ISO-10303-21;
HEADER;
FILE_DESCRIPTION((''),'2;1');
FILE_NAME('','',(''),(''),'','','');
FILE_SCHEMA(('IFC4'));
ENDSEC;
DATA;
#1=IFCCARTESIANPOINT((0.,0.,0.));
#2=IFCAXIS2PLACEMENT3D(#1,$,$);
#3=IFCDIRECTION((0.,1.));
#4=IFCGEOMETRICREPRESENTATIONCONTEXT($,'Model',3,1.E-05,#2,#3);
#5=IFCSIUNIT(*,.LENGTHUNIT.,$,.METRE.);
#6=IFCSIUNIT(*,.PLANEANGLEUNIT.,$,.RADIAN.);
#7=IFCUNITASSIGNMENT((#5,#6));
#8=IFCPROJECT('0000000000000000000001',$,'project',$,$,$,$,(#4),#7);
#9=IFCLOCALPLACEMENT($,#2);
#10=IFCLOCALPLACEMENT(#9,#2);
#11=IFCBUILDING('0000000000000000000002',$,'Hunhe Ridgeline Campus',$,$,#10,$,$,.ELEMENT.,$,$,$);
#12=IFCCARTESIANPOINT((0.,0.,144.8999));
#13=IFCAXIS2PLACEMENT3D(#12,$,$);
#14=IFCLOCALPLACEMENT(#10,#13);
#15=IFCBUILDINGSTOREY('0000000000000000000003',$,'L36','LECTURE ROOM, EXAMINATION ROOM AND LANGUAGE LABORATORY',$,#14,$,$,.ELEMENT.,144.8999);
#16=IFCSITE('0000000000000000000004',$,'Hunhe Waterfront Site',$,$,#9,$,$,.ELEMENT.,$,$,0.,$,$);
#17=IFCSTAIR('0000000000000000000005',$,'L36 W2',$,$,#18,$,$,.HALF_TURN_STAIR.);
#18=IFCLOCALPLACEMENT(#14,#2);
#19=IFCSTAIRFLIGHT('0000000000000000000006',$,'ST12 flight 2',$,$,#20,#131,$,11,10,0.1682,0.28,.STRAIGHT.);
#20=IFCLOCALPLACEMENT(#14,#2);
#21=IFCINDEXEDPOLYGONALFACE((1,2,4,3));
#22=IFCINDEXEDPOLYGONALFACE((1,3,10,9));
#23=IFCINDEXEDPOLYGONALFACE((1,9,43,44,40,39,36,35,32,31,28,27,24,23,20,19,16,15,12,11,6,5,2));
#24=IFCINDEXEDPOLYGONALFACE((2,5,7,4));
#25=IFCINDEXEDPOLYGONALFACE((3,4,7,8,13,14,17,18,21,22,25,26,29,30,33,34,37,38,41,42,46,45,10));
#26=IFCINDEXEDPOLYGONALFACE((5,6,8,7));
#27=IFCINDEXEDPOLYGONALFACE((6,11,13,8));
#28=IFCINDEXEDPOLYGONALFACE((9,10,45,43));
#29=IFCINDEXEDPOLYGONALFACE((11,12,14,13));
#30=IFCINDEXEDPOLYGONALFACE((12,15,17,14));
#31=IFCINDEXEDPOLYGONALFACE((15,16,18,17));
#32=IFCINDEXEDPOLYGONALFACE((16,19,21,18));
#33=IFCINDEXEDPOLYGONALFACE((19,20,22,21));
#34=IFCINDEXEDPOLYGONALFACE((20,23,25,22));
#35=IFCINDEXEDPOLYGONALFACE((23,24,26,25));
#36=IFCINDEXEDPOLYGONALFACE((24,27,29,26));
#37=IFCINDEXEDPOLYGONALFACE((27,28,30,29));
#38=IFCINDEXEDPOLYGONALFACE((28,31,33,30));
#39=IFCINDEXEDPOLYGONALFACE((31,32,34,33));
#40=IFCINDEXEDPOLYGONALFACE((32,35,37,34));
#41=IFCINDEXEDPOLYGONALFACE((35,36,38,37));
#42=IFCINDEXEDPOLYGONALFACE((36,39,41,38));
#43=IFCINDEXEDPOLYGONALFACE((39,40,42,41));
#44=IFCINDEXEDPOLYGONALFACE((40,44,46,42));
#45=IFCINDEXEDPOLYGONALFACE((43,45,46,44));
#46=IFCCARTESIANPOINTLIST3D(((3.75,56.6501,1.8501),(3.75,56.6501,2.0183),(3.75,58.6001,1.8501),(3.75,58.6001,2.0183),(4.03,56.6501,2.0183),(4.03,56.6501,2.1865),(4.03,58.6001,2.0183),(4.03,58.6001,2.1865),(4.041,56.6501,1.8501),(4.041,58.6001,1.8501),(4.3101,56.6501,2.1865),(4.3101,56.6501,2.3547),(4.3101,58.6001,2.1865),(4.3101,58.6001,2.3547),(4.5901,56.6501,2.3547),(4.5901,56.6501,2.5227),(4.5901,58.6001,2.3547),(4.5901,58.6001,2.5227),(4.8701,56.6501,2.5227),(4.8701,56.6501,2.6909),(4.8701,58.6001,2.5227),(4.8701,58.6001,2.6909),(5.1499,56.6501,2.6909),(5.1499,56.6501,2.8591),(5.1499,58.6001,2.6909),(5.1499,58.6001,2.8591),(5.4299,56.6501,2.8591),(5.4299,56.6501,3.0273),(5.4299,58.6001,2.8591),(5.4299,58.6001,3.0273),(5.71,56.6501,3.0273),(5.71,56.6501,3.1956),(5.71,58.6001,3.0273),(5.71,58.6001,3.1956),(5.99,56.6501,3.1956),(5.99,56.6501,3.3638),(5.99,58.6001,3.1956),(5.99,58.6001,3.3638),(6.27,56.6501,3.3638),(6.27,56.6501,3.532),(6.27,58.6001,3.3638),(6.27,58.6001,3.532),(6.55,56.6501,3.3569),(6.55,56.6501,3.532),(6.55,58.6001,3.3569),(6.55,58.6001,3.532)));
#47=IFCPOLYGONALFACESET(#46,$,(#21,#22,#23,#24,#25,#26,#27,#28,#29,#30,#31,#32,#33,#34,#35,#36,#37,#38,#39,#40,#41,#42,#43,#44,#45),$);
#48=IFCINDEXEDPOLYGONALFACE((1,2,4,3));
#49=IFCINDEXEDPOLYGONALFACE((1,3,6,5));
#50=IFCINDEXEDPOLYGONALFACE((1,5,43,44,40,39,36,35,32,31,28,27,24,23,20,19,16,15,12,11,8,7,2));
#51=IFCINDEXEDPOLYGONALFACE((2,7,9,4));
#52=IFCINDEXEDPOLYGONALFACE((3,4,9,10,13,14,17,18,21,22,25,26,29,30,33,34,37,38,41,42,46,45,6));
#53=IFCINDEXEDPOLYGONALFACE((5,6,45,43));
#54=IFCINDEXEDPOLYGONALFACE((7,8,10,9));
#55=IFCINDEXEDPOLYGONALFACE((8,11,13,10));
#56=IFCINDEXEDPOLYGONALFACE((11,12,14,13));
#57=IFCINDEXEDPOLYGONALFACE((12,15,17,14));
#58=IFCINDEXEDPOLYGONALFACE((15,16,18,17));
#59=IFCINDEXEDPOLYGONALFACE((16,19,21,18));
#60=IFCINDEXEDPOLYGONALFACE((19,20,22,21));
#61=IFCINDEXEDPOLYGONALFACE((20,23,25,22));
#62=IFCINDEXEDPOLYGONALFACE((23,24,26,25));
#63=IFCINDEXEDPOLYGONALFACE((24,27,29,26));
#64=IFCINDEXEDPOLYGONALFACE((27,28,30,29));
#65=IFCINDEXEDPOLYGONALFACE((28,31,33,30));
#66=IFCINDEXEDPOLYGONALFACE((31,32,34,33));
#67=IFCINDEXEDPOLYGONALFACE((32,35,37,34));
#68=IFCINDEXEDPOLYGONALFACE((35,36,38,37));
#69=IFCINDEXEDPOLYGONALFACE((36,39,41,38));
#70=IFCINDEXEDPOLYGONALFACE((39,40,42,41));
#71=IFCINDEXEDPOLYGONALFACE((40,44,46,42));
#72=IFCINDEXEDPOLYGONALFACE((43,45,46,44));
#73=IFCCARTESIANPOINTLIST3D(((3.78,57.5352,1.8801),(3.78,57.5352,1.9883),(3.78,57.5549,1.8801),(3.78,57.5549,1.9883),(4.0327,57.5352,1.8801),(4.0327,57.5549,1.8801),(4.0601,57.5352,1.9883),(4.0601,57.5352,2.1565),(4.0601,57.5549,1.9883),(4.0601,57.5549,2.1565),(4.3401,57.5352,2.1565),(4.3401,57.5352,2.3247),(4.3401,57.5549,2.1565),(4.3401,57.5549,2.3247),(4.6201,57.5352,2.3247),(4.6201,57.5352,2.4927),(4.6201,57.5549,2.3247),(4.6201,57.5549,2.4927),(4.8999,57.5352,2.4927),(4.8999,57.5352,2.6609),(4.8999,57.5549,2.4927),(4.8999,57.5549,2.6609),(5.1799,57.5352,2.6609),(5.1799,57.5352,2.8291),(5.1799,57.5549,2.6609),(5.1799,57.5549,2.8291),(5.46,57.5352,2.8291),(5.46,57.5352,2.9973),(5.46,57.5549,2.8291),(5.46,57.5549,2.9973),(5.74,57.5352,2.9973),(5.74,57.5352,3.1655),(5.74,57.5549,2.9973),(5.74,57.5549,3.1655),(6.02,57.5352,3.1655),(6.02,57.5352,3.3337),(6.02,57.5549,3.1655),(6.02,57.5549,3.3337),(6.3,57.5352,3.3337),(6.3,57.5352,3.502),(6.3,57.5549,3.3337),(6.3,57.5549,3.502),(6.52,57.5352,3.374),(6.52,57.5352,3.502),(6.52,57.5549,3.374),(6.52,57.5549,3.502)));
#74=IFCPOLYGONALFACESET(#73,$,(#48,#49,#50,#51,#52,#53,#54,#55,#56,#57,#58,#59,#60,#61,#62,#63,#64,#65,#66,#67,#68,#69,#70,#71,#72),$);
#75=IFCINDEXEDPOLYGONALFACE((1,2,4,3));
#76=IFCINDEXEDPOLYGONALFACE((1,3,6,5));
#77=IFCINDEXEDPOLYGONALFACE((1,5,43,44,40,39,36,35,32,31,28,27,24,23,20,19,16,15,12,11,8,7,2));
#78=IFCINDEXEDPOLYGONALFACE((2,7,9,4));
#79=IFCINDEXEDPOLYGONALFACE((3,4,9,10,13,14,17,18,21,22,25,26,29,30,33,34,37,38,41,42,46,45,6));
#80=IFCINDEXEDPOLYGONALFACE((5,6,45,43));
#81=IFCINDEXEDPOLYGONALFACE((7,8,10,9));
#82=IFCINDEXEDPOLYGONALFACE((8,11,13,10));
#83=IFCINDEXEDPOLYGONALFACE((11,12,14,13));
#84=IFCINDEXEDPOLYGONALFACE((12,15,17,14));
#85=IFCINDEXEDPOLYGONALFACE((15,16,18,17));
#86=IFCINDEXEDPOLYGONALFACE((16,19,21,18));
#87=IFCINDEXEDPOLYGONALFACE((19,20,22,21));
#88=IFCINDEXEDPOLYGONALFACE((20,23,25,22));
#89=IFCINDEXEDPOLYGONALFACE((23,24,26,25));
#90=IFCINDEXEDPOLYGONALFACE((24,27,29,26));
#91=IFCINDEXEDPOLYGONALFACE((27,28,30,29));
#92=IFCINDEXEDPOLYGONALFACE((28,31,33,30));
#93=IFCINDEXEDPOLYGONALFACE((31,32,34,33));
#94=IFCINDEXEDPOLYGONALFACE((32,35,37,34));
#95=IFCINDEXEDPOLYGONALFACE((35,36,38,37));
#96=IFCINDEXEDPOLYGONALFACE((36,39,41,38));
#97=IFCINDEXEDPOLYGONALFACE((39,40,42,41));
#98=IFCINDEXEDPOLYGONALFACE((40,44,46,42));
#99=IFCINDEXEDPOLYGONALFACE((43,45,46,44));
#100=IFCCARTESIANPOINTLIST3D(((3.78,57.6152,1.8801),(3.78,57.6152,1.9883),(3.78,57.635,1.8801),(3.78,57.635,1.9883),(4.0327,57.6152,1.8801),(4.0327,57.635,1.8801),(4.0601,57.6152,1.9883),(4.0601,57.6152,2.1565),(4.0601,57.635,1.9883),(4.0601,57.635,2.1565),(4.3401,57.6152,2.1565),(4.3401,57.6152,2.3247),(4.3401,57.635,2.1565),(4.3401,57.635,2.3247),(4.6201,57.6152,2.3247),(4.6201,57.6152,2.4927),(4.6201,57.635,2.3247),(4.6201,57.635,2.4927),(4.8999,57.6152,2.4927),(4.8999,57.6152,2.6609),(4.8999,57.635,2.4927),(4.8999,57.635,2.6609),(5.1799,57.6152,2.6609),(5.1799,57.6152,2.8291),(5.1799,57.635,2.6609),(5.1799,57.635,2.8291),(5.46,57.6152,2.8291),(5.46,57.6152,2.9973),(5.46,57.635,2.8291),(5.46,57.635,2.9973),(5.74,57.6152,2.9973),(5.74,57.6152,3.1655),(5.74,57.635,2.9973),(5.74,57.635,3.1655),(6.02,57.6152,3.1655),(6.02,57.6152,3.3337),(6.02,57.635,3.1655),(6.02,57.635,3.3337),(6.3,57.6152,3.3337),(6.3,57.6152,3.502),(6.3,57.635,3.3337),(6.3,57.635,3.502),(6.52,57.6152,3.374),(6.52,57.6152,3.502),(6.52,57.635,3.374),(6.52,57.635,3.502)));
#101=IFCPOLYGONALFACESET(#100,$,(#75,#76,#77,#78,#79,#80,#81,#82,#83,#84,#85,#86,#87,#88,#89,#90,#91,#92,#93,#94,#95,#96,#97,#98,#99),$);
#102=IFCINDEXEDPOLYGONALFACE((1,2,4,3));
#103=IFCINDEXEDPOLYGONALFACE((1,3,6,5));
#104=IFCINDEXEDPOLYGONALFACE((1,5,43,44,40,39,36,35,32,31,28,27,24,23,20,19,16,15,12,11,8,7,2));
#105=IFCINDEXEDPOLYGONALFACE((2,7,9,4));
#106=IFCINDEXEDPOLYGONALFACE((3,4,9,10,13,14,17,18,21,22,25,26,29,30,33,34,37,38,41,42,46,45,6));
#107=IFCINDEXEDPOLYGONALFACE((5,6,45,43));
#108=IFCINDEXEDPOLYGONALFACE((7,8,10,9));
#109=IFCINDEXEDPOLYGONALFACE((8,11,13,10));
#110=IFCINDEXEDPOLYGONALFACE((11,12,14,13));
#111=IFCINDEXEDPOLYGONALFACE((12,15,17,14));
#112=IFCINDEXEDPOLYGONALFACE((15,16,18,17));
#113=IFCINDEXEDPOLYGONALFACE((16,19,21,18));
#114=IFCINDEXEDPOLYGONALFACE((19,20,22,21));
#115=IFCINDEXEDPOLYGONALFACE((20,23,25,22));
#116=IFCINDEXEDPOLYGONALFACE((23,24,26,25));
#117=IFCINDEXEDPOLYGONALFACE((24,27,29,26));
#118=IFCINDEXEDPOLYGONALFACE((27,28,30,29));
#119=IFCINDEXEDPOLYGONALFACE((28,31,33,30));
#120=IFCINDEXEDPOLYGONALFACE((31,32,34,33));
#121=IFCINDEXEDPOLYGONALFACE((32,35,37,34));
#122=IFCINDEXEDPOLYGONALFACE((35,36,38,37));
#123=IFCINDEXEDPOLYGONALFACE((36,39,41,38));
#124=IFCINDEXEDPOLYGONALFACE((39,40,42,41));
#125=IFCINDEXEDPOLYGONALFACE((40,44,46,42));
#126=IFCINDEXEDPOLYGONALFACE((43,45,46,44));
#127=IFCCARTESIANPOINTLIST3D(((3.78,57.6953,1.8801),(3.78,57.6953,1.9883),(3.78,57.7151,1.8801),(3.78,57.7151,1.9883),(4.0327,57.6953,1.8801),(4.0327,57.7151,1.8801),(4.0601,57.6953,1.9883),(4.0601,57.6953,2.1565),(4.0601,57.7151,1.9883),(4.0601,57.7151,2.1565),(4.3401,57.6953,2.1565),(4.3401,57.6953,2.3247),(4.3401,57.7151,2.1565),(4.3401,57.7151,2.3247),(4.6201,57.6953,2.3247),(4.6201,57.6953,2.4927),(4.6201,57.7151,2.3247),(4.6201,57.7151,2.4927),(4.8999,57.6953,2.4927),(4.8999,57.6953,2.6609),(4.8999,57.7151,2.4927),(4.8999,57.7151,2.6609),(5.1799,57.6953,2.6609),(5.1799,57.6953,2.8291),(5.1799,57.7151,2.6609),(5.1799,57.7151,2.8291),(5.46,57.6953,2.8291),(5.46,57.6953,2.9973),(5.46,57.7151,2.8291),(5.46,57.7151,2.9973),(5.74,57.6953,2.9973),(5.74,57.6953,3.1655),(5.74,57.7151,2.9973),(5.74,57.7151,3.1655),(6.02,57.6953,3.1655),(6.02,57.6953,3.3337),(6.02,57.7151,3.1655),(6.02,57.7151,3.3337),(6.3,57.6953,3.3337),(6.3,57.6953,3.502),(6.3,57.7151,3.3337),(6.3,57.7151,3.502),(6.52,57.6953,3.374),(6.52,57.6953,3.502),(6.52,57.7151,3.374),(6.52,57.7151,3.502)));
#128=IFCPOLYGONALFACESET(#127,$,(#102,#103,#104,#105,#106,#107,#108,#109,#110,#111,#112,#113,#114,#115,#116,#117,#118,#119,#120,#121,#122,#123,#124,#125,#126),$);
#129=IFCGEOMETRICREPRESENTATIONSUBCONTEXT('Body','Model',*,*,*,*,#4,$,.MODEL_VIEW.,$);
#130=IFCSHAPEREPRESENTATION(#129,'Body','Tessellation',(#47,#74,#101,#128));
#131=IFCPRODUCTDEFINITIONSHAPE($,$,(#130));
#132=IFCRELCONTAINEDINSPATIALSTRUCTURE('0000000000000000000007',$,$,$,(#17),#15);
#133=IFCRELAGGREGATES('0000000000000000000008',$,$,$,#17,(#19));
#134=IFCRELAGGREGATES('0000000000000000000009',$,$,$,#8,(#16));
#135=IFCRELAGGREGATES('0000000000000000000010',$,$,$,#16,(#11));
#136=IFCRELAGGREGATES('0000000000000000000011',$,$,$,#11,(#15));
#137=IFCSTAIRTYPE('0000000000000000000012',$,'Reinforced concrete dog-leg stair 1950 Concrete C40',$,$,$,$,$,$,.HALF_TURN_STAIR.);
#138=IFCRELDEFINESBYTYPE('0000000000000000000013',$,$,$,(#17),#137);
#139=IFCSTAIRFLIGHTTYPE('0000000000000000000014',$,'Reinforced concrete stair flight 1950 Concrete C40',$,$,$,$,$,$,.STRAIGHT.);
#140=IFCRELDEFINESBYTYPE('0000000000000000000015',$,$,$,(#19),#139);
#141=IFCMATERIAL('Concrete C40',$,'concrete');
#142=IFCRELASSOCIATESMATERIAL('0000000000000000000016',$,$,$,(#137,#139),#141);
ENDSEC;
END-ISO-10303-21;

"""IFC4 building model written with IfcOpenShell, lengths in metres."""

from ifc_helpers import new_model, si_unit, direction, frame, origin, place, context, subcontext, project, spatial, polyline, outline, extrude, material, type_object, element, aggregate, save


model = new_model("IFC4")

# Units and contexts
model_context = context("Model", 3, precision=1e-05, world=origin(), true_north=direction((0.0, 1.0)))
body_context = subcontext(model_context, "Body", "Model", "MODEL_VIEW")
ifc_project = project(units=[si_unit("LENGTHUNIT", "METRE"), si_unit("PLANEANGLEUNIT", "RADIAN")], contexts=[model_context])

# Site, building, storey
site_placement = place(None, origin())
site = spatial("IfcSite", under=ifc_project, at=site_placement, Name="Hunhe Waterfront Site", CompositionType="ELEMENT", RefElevation=0.0)
building_placement = place(site_placement, origin())
building = spatial("IfcBuilding", under=site, at=building_placement, Name="Hunhe Ridgeline Campus", CompositionType="ELEMENT")
storey_placement = place(building_placement, frame((0.0, 0.0, 144.8999)))
storey = spatial("IfcBuildingStorey", under=building, at=storey_placement, Name="L36", Description="LECTURE ROOM, EXAMINATION ROOM AND LANGUAGE LABORATORY", CompositionType="ELEMENT", Elevation=144.8999)

# Stair, stair flight
ifc_material_1 = material(Name="Concrete C40", Category="concrete")
stair_type = type_object("IfcStairType", Name="Reinforced concrete dog-leg stair 1950 Concrete C40", PredefinedType="HALF_TURN_STAIR", material=ifc_material_1)
stair_flight_type = type_object("IfcStairFlightType", Name="Reinforced concrete stair flight 1950 Concrete C40", PredefinedType="STRAIGHT", material=ifc_material_1)
stair_1_placement = place(storey_placement, origin())
stair_1 = element("IfcStair", 1, at=stair_1_placement, inside=storey, type_object=stair_type, Name="L36 W2", PredefinedType="HALF_TURN_STAIR")
stair_flight_1_placement = place(storey_placement, frame((3.75, 57.625, 1.8501), z_axis=(0.0, 0.0, 1.0), x_axis=(1.0, 0.0, 0.0)))
stair_flight_1 = element("IfcStairFlight", 2, at=stair_flight_1_placement, type_object=stair_flight_type, Name="ST12 flight 2", NumberOfRisers=11, NumberOfTreads=10, PredefinedType="STRAIGHT", RiserHeight=0.1682, TreadLength=0.28, context=body_context, shape_type="SweptSolid", body=[
    extrude(outline(polyline([(0.0, 0.0), (0.0, 0.1682), (0.28, 0.1682), (0.28, 0.3364), (0.5601, 0.3364), (0.5601, 0.5046), (0.8401, 0.5046), (0.8401, 0.6726), (1.1201, 0.6726), (1.1201, 0.8408), (1.3999, 0.8408), (1.3999, 1.009), (1.6799, 1.009), (1.6799, 1.1772), (1.96, 1.1772), (1.96, 1.3455), (2.24, 1.3455), (2.24, 1.5137), (2.52, 1.5137), (2.52, 1.6819), (2.8, 1.6819), (2.8, 1.8501), (2.8, 1.5068), (0.291, 0.0), (0.0, 0.0)])), frame((0.0, 0.9751, 0.0), z_axis=(0.0, -1.0, 0.0), x_axis=(1.0, 0.0, 0.0)), (0.0, 0.0, 1.0), 1.95),
    extrude(outline(polyline([(0.03, 0.03), (0.03, 0.1382), (0.3101, 0.1382), (0.3101, 0.3064), (0.5901, 0.3064), (0.5901, 0.4746), (0.8701, 0.4746), (0.8701, 0.6426), (1.1499, 0.6426), (1.1499, 0.8108), (1.4299, 0.8108), (1.4299, 0.979), (1.71, 0.979), (1.71, 1.1472), (1.99, 1.1472), (1.99, 1.3154), (2.27, 1.3154), (2.27, 1.4836), (2.55, 1.4836), (2.55, 1.6519), (2.77, 1.6519), (2.77, 1.5239), (0.2827, 0.03), (0.03, 0.03)])), frame((0.0, -0.0701, 0.0), z_axis=(0.0, -1.0, 0.0), x_axis=(1.0, 0.0, 0.0)), (0.0, 0.0, 1.0), 0.0198),
    extrude(outline(polyline([(0.03, 0.03), (0.03, 0.1382), (0.3101, 0.1382), (0.3101, 0.3064), (0.5901, 0.3064), (0.5901, 0.4746), (0.8701, 0.4746), (0.8701, 0.6426), (1.1499, 0.6426), (1.1499, 0.8108), (1.4299, 0.8108), (1.4299, 0.979), (1.71, 0.979), (1.71, 1.1472), (1.99, 1.1472), (1.99, 1.3154), (2.27, 1.3154), (2.27, 1.4836), (2.55, 1.4836), (2.55, 1.6519), (2.77, 1.6519), (2.77, 1.5239), (0.2827, 0.03), (0.03, 0.03)])), frame((0.0, 0.01, 0.0), z_axis=(0.0, -1.0, 0.0), x_axis=(1.0, 0.0, 0.0)), (0.0, 0.0, 1.0), 0.0198),
    extrude(outline(polyline([(0.03, 0.03), (0.03, 0.1382), (0.3101, 0.1382), (0.3101, 0.3064), (0.5901, 0.3064), (0.5901, 0.4746), (0.8701, 0.4746), (0.8701, 0.6426), (1.1499, 0.6426), (1.1499, 0.8108), (1.4299, 0.8108), (1.4299, 0.979), (1.71, 0.979), (1.71, 1.1472), (1.99, 1.1472), (1.99, 1.3154), (2.27, 1.3154), (2.27, 1.4836), (2.55, 1.4836), (2.55, 1.6519), (2.77, 1.6519), (2.77, 1.5239), (0.2827, 0.03), (0.03, 0.03)])), frame((0.0, 0.0901, 0.0), z_axis=(0.0, -1.0, 0.0), x_axis=(1.0, 0.0, 0.0)), (0.0, 0.0, 1.0), 0.0198),
])
aggregate(stair_1, [stair_flight_1])

save(model, "model.ifc")
